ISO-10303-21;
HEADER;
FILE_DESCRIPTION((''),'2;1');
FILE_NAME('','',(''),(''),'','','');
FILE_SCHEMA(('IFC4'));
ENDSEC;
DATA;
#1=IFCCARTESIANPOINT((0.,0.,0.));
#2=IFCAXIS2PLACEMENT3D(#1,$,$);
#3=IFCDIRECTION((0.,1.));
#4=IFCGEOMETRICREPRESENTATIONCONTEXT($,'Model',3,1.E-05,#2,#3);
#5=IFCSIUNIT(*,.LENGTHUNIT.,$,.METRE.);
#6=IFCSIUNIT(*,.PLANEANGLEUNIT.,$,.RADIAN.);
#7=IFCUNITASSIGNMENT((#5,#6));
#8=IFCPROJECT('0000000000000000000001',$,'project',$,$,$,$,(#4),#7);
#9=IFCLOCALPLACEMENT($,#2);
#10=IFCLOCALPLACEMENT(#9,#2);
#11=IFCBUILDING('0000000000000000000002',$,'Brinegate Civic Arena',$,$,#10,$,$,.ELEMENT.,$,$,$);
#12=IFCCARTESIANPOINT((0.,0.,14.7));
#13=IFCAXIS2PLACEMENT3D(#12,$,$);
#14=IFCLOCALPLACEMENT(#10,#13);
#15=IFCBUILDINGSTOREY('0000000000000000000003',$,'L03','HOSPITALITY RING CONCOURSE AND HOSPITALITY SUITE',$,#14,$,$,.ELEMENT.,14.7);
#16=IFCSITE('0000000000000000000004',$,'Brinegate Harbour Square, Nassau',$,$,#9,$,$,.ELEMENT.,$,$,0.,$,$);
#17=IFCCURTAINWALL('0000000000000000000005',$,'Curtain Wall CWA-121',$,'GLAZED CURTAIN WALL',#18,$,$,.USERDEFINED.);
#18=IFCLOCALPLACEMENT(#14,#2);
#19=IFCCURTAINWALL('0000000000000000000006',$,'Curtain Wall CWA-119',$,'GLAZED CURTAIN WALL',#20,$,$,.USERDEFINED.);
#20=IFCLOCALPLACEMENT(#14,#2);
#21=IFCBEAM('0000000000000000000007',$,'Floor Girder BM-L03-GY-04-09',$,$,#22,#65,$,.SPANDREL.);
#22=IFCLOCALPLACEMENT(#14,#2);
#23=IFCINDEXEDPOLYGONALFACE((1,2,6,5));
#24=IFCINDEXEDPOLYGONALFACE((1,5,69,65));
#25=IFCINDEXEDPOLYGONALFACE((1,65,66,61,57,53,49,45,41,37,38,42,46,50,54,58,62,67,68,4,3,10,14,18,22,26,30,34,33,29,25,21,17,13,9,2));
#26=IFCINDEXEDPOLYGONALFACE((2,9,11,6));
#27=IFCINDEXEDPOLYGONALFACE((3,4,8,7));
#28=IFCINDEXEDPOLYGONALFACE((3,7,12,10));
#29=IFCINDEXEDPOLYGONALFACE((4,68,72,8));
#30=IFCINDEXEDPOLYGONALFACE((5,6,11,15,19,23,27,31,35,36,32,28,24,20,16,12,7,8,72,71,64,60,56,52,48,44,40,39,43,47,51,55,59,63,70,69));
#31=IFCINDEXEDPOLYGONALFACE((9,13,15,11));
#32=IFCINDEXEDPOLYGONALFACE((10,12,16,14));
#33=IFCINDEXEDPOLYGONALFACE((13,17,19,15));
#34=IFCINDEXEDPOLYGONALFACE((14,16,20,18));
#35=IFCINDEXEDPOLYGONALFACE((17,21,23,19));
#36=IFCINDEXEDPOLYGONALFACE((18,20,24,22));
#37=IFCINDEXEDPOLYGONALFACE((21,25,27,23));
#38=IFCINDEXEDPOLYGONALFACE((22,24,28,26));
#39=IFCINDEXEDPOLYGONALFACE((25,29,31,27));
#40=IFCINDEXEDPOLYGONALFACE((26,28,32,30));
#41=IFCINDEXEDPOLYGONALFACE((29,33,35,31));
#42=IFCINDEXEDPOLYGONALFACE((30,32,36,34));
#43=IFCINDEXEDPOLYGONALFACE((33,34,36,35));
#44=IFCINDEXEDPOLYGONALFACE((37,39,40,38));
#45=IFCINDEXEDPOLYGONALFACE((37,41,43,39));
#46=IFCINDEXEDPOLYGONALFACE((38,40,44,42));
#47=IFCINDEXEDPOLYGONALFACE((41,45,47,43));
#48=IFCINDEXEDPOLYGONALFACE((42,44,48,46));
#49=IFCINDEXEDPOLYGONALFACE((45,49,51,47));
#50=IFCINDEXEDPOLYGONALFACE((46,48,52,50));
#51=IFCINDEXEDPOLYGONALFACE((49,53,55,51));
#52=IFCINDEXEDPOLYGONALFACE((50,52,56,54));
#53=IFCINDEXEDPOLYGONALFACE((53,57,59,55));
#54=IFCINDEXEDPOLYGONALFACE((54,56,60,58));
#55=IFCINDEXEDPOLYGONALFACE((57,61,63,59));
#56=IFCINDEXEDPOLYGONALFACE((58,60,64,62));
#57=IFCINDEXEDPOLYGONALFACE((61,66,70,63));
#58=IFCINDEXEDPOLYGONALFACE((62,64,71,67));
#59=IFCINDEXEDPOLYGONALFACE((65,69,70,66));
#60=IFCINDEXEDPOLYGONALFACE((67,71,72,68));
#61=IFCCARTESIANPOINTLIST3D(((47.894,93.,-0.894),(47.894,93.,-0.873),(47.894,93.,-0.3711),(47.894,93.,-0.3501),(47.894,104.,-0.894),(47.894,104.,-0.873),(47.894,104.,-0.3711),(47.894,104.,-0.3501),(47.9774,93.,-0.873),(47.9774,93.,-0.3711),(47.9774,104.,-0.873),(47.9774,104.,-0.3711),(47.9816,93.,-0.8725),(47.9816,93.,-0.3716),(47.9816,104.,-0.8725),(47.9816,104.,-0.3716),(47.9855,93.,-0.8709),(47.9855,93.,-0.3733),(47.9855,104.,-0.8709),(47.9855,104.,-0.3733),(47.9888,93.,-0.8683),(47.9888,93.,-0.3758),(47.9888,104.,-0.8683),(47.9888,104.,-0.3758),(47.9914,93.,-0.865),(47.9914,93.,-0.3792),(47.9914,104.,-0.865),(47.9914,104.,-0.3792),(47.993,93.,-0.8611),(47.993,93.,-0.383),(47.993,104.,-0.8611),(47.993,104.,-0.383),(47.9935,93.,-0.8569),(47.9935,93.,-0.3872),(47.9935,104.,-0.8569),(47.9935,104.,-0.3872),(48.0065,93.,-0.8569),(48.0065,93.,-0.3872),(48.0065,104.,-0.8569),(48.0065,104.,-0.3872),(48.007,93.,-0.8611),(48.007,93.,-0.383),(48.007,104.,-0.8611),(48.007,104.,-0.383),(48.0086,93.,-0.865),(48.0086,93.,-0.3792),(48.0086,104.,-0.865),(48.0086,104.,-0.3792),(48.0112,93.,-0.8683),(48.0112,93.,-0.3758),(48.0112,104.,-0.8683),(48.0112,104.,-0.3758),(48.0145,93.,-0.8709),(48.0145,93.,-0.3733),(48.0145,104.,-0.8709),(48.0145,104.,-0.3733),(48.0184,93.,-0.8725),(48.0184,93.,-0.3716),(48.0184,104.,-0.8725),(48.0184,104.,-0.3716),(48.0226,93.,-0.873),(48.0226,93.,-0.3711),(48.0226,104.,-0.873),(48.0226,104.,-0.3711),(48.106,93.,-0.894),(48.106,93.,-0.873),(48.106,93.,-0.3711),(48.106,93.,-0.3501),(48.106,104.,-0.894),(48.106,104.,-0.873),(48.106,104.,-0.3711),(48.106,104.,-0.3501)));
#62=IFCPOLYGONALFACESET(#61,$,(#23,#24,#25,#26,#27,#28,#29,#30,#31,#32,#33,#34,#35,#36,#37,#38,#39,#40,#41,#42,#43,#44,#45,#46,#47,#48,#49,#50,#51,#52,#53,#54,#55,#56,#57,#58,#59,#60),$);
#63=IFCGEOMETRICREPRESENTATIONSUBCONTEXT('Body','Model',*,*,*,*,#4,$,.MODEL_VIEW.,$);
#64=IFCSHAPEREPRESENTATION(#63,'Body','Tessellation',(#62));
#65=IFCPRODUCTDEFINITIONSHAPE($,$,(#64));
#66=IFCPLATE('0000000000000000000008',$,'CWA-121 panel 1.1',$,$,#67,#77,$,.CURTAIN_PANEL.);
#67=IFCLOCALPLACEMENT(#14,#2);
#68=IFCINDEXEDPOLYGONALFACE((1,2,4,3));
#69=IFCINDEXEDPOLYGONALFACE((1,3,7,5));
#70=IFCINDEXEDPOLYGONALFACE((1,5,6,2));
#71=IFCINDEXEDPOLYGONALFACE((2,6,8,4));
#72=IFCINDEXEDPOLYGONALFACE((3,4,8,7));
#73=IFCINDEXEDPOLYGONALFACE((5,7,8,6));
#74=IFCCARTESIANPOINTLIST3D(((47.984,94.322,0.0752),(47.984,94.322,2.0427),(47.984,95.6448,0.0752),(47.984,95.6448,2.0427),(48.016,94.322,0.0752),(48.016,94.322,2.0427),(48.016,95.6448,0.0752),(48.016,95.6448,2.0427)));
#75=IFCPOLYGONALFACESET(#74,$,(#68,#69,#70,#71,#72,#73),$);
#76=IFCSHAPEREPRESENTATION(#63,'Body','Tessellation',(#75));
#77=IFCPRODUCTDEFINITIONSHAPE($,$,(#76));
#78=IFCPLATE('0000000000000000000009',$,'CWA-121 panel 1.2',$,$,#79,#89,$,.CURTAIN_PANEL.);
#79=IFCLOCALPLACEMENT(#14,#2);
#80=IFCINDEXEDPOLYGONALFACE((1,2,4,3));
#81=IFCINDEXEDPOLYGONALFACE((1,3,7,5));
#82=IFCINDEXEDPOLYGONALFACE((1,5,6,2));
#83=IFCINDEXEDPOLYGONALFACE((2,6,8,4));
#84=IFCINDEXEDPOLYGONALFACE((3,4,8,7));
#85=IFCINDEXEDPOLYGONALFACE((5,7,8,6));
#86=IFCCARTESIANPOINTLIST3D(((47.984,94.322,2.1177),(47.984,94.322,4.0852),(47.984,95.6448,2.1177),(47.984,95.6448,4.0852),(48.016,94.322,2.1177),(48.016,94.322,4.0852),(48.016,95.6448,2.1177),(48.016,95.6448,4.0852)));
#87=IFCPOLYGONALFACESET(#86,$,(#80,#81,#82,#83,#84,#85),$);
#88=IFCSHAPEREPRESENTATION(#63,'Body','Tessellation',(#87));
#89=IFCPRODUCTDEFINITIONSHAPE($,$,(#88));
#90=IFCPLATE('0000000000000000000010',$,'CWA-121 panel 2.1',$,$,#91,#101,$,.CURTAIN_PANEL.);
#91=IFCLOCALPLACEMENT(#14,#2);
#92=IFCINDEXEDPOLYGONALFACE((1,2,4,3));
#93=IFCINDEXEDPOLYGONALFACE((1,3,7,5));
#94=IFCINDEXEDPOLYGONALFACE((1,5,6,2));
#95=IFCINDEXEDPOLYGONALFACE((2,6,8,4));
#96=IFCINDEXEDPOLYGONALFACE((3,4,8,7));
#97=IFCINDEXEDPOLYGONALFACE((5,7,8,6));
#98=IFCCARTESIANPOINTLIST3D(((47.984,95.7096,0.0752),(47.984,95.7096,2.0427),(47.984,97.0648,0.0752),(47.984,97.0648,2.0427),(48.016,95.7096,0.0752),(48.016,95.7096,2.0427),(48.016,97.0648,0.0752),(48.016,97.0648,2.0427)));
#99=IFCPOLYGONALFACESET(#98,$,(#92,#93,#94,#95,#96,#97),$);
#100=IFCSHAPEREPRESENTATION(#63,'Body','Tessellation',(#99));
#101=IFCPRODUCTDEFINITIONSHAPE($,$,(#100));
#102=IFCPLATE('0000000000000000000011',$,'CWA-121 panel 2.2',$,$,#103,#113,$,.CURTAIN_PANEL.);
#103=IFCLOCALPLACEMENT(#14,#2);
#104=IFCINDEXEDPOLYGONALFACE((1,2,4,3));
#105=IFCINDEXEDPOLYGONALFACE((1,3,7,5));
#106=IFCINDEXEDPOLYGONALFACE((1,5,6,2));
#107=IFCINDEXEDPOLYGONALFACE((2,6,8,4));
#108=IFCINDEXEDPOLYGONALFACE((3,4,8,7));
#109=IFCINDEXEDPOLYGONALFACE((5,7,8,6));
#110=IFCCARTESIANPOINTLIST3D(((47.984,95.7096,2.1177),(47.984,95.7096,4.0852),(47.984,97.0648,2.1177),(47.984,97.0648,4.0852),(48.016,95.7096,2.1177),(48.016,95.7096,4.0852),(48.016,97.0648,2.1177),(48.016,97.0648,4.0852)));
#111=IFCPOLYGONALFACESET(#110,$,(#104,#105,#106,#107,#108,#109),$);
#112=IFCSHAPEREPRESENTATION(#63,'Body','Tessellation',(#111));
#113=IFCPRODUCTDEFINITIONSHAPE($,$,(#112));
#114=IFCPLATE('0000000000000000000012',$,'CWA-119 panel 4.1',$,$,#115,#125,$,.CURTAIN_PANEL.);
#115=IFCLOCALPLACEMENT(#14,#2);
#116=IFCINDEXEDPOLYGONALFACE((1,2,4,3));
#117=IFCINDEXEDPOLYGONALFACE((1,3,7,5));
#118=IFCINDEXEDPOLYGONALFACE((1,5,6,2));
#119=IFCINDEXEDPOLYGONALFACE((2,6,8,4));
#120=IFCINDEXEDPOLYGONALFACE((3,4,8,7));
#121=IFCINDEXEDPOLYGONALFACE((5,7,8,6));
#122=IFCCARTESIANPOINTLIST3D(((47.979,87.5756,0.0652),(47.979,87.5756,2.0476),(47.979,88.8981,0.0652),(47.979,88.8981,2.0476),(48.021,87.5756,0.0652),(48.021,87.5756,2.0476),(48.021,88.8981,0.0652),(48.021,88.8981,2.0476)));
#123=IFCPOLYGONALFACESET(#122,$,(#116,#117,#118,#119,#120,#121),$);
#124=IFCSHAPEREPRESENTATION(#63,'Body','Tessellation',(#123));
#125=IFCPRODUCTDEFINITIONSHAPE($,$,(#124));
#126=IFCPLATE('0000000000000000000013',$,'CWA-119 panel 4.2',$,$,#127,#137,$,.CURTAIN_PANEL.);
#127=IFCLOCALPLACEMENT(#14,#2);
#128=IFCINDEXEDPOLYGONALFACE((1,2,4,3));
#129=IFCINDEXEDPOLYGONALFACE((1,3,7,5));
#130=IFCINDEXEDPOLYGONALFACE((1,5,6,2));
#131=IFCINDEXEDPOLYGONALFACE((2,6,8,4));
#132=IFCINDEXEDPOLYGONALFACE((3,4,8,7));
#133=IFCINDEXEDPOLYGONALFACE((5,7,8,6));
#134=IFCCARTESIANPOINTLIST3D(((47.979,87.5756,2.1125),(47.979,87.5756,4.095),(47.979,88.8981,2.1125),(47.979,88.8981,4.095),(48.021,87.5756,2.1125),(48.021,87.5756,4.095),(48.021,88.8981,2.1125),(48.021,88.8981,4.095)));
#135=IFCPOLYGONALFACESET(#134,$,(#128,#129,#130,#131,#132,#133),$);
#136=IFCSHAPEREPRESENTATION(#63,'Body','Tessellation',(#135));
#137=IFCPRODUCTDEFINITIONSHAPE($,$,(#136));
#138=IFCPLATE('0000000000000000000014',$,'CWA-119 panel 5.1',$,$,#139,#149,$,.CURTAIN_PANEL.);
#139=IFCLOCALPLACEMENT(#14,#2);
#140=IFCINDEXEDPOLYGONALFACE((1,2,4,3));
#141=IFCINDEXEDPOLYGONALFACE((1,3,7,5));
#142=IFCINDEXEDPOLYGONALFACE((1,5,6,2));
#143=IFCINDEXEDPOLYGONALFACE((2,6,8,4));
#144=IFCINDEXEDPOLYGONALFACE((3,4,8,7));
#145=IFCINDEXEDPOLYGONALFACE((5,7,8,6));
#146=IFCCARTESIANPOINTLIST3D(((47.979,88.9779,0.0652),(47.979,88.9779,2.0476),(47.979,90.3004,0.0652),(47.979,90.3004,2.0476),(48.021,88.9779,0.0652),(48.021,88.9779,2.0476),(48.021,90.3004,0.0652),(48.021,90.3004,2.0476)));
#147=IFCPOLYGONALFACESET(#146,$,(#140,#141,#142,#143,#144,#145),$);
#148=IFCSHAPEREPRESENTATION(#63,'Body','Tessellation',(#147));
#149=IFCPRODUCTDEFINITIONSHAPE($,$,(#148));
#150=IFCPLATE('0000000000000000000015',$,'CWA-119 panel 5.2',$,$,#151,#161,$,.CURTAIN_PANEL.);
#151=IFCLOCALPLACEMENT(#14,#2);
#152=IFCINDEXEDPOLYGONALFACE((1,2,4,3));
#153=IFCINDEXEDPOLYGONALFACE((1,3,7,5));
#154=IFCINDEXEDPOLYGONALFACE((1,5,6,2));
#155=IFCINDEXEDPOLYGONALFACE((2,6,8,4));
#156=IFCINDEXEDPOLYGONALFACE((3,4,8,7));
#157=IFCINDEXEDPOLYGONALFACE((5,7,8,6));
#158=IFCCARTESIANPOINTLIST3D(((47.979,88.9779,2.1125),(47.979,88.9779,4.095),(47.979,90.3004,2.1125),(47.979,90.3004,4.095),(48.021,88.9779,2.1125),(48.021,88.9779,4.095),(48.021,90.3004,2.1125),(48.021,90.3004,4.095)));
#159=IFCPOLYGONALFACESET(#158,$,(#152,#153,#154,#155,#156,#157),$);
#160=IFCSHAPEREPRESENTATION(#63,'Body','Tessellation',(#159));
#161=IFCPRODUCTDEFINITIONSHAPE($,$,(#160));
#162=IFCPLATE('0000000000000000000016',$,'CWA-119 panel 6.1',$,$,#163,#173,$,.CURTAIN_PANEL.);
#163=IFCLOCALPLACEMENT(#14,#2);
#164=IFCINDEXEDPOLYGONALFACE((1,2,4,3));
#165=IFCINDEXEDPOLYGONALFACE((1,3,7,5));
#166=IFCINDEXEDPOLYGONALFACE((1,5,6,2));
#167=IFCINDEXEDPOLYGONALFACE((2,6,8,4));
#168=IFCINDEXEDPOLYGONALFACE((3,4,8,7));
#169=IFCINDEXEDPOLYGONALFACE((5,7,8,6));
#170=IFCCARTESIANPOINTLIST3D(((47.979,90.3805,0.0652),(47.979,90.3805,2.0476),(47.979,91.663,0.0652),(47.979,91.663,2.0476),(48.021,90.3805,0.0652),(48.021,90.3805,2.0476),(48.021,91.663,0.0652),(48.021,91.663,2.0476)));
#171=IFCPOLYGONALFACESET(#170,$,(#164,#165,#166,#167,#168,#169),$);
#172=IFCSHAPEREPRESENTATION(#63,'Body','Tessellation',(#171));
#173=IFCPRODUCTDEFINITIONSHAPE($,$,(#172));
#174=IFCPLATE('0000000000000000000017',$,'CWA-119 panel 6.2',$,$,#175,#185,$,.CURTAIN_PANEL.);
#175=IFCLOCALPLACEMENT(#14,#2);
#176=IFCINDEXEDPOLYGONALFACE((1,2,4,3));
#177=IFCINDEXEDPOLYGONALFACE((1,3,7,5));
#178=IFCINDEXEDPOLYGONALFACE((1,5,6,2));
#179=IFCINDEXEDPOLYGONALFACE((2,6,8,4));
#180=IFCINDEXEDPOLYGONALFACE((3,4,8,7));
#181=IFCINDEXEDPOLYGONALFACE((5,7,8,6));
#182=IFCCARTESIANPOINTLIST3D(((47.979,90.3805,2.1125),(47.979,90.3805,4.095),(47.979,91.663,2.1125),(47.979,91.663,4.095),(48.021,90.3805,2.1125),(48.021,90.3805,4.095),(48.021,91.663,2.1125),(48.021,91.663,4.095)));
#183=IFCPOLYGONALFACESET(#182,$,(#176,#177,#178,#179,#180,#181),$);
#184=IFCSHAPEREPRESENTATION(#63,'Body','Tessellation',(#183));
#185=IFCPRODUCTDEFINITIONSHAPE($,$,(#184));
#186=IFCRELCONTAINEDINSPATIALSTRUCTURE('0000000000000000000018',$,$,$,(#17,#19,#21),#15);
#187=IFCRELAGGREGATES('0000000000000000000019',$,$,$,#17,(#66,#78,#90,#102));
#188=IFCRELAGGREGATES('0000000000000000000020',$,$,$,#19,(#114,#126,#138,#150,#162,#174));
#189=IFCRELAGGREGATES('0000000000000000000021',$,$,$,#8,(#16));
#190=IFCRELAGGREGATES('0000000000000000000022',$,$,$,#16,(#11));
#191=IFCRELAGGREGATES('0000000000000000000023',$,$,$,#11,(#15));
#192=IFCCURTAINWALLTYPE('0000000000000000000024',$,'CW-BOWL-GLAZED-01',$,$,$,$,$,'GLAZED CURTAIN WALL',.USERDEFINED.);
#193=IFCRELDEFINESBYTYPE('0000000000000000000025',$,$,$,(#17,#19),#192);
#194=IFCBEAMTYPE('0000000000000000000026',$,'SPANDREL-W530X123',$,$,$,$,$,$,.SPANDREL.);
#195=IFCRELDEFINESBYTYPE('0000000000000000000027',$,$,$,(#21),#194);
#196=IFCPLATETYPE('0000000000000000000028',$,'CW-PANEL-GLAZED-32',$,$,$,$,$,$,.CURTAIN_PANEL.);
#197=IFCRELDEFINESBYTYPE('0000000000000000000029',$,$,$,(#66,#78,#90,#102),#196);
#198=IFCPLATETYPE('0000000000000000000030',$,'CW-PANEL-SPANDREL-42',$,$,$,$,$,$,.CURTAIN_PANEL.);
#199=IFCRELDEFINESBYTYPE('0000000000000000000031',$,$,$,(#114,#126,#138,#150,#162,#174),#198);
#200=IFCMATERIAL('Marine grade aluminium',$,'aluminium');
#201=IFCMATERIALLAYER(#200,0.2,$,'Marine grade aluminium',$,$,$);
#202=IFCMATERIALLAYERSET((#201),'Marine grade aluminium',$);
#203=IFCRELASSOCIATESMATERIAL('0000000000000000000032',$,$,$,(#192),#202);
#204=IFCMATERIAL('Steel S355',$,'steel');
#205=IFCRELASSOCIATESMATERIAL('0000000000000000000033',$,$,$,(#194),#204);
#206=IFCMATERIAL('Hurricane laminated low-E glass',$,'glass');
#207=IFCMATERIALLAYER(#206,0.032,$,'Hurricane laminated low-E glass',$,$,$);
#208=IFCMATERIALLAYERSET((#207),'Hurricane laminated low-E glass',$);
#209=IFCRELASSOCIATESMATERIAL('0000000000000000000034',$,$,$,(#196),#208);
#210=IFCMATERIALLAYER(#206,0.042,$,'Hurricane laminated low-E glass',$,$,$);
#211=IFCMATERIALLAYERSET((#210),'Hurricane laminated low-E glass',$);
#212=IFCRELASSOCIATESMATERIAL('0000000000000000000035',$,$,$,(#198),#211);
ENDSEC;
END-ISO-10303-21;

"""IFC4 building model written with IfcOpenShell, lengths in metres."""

from ifc_helpers import new_model, si_unit, direction, frame, origin, origin_2d, place, context, subcontext, project, spatial, rectangle, i_section, extrude, material, layer, layer_set, material_profile, profile_set, type_object, element, aggregate, save


model = new_model("IFC4")

# Units and contexts
model_context = context("Model", 3, precision=1e-05, world=origin(), true_north=direction((0.0, 1.0)))
body_context = subcontext(model_context, "Body", "Model", "MODEL_VIEW")
ifc_project = project(units=[si_unit("LENGTHUNIT", "METRE"), si_unit("PLANEANGLEUNIT", "RADIAN")], contexts=[model_context])

# Site, building, storey
site_placement = place(None, origin())
site = spatial("IfcSite", under=ifc_project, at=site_placement, Name="Brinegate Harbour Square, Nassau", CompositionType="ELEMENT", RefElevation=0.0)
building_placement = place(site_placement, origin())
building = spatial("IfcBuilding", under=site, at=building_placement, Name="Brinegate Civic Arena", CompositionType="ELEMENT")
storey_placement = place(building_placement, frame((0.0, 0.0, 14.7)))
storey = spatial("IfcBuildingStorey", under=building, at=storey_placement, Name="L03", Description="HOSPITALITY RING CONCOURSE AND HOSPITALITY SUITE", CompositionType="ELEMENT", Elevation=14.7)

# Curtain walls
ifc_material_1 = material(Name="Marine grade aluminium", Category="aluminium")
ifc_layer_1 = layer(ifc_material_1, 0.2, Name="Marine grade aluminium")
ifc_layer_set_1 = layer_set([ifc_layer_1], Name="Marine grade aluminium")
curtain_wall_type = type_object("IfcCurtainWallType", Name="CW-BOWL-GLAZED-01", ElementType="GLAZED CURTAIN WALL", PredefinedType="USERDEFINED", material=ifc_layer_set_1)
curtain_wall_1_placement = place(storey_placement, origin())
curtain_wall_1 = element("IfcCurtainWall", 1, at=curtain_wall_1_placement, inside=storey, type_object=curtain_wall_type, Name="Curtain Wall CWA-121", ObjectType="GLAZED CURTAIN WALL", PredefinedType="USERDEFINED")
curtain_wall_2_placement = place(storey_placement, origin())
curtain_wall_2 = element("IfcCurtainWall", 2, at=curtain_wall_2_placement, inside=storey, type_object=curtain_wall_type, Name="Curtain Wall CWA-119", ObjectType="GLAZED CURTAIN WALL", PredefinedType="USERDEFINED")

# Beam
ifc_material_2 = material(Name="Steel S355", Category="steel")
ifc_material_profile_1 = material_profile(ifc_material_2, i_section(OverallWidth=0.2119, OverallDepth=0.5439, WebThickness=0.0129, FlangeThickness=0.021, FilletRadius=0.0161, at=origin_2d()), Name="W530X123")
ifc_profile_set_1 = profile_set([ifc_material_profile_1], Name="Steel S355")
beam_type_1 = type_object("IfcBeamType", Name="SPANDREL-W530X123", PredefinedType="SPANDREL", material=ifc_profile_set_1)
beam_1_placement = place(storey_placement, frame((48.0, 93.0, -0.6221), z_axis=(0.0, 1.0, 0.0), x_axis=(-1.0, 0.0, 0.0)))
element("IfcBeam", 3, at=beam_1_placement, inside=storey, type_object=beam_type_1, Name="Floor Girder BM-L03-GY-04-09", PredefinedType="SPANDREL", context=body_context, shape_type="SweptSolid", body=[
    extrude(i_section(OverallWidth=0.2119, OverallDepth=0.5439, WebThickness=0.0129, FlangeThickness=0.021, FilletRadius=0.0161, at=origin_2d()), origin(), (0.0, 0.0, 1.0), 11.0),
])

# Plates
ifc_material_3 = material(Name="Hurricane laminated low-E glass", Category="glass")
ifc_layer_2 = layer(ifc_material_3, 0.032, Name="Hurricane laminated low-E glass")
ifc_layer_set_2 = layer_set([ifc_layer_2], Name="Hurricane laminated low-E glass")
plate_type_1 = type_object("IfcPlateType", Name="CW-PANEL-GLAZED-32", PredefinedType="CURTAIN_PANEL", material=ifc_layer_set_2)
plate_1_placement = place(storey_placement, frame((48.0, 94.9834, 0.0752), z_axis=(0.0, 0.0, 1.0), x_axis=(0.0, 1.0, 0.0)))
plate_1 = element("IfcPlate", 4, at=plate_1_placement, type_object=plate_type_1, Name="CWA-121 panel 1.1", PredefinedType="CURTAIN_PANEL", context=body_context, shape_type="SweptSolid", body=[
    extrude(rectangle(XDim=1.3228, YDim=0.032, at=origin_2d()), origin(), (0.0, 0.0, 1.0), 1.9675),
])
plate_2_placement = place(storey_placement, frame((48.0, 94.9834, 2.1177), z_axis=(0.0, 0.0, 1.0), x_axis=(0.0, 1.0, 0.0)))
plate_2 = element("IfcPlate", 5, at=plate_2_placement, type_object=plate_type_1, Name="CWA-121 panel 1.2", PredefinedType="CURTAIN_PANEL", context=body_context, shape_type="SweptSolid", body=[
    extrude(rectangle(XDim=1.3228, YDim=0.032, at=origin_2d()), origin(), (0.0, 0.0, 1.0), 1.9675),
])
plate_3_placement = place(storey_placement, frame((48.0, 96.3872, 0.0752), z_axis=(0.0, 0.0, 1.0), x_axis=(0.0, 1.0, 0.0)))
plate_3 = element("IfcPlate", 6, at=plate_3_placement, type_object=plate_type_1, Name="CWA-121 panel 2.1", PredefinedType="CURTAIN_PANEL", context=body_context, shape_type="SweptSolid", body=[
    extrude(rectangle(XDim=1.3552, YDim=0.032, at=origin_2d()), origin(), (0.0, 0.0, 1.0), 1.9675),
])
plate_4_placement = place(storey_placement, frame((48.0, 96.3872, 2.1177), z_axis=(0.0, 0.0, 1.0), x_axis=(0.0, 1.0, 0.0)))
plate_4 = element("IfcPlate", 7, at=plate_4_placement, type_object=plate_type_1, Name="CWA-121 panel 2.2", PredefinedType="CURTAIN_PANEL", context=body_context, shape_type="SweptSolid", body=[
    extrude(rectangle(XDim=1.3552, YDim=0.032, at=origin_2d()), origin(), (0.0, 0.0, 1.0), 1.9675),
])
aggregate(curtain_wall_1, [plate_1, plate_2, plate_3, plate_4])
ifc_layer_3 = layer(ifc_material_3, 0.042, Name="Hurricane laminated low-E glass")
ifc_layer_set_3 = layer_set([ifc_layer_3], Name="Hurricane laminated low-E glass")
plate_type_2 = type_object("IfcPlateType", Name="CW-PANEL-SPANDREL-42", PredefinedType="CURTAIN_PANEL", material=ifc_layer_set_3)
plate_5_placement = place(storey_placement, frame((48.0, 88.2368, 0.0652), z_axis=(0.0, 0.0, 1.0), x_axis=(0.0, 1.0, 0.0)))
plate_5 = element("IfcPlate", 8, at=plate_5_placement, type_object=plate_type_2, Name="CWA-119 panel 4.1", PredefinedType="CURTAIN_PANEL", context=body_context, shape_type="SweptSolid", body=[
    extrude(rectangle(XDim=1.3225, YDim=0.042, at=origin_2d()), origin(), (0.0, 0.0, 1.0), 1.9824),
])
plate_6_placement = place(storey_placement, frame((48.0, 88.2368, 2.1125), z_axis=(0.0, 0.0, 1.0), x_axis=(0.0, 1.0, 0.0)))
plate_6 = element("IfcPlate", 9, at=plate_6_placement, type_object=plate_type_2, Name="CWA-119 panel 4.2", PredefinedType="CURTAIN_PANEL", context=body_context, shape_type="SweptSolid", body=[
    extrude(rectangle(XDim=1.3225, YDim=0.042, at=origin_2d()), origin(), (0.0, 0.0, 1.0), 1.9824),
])
plate_7_placement = place(storey_placement, frame((48.0, 89.6392, 0.0652), z_axis=(0.0, 0.0, 1.0), x_axis=(0.0, 1.0, 0.0)))
plate_7 = element("IfcPlate", 10, at=plate_7_placement, type_object=plate_type_2, Name="CWA-119 panel 5.1", PredefinedType="CURTAIN_PANEL", context=body_context, shape_type="SweptSolid", body=[
    extrude(rectangle(XDim=1.3225, YDim=0.042, at=origin_2d()), origin(), (0.0, 0.0, 1.0), 1.9824),
])
plate_8_placement = place(storey_placement, frame((48.0, 89.6392, 2.1125), z_axis=(0.0, 0.0, 1.0), x_axis=(0.0, 1.0, 0.0)))
plate_8 = element("IfcPlate", 11, at=plate_8_placement, type_object=plate_type_2, Name="CWA-119 panel 5.2", PredefinedType="CURTAIN_PANEL", context=body_context, shape_type="SweptSolid", body=[
    extrude(rectangle(XDim=1.3225, YDim=0.042, at=origin_2d()), origin(), (0.0, 0.0, 1.0), 1.9824),
])
plate_9_placement = place(storey_placement, frame((48.0, 91.0217, 0.0652), z_axis=(0.0, 0.0, 1.0), x_axis=(0.0, 1.0, 0.0)))
plate_9 = element("IfcPlate", 12, at=plate_9_placement, type_object=plate_type_2, Name="CWA-119 panel 6.1", PredefinedType="CURTAIN_PANEL", context=body_context, shape_type="SweptSolid", body=[
    extrude(rectangle(XDim=1.2825, YDim=0.042, at=origin_2d()), origin(), (0.0, 0.0, 1.0), 1.9824),
])
plate_10_placement = place(storey_placement, frame((48.0, 91.0217, 2.1125), z_axis=(0.0, 0.0, 1.0), x_axis=(0.0, 1.0, 0.0)))
plate_10 = element("IfcPlate", 13, at=plate_10_placement, type_object=plate_type_2, Name="CWA-119 panel 6.2", PredefinedType="CURTAIN_PANEL", context=body_context, shape_type="SweptSolid", body=[
    extrude(rectangle(XDim=1.2825, YDim=0.042, at=origin_2d()), origin(), (0.0, 0.0, 1.0), 1.9824),
])
aggregate(curtain_wall_2, [plate_5, plate_6, plate_7, plate_8, plate_9, plate_10])

save(model, "model.ifc")
